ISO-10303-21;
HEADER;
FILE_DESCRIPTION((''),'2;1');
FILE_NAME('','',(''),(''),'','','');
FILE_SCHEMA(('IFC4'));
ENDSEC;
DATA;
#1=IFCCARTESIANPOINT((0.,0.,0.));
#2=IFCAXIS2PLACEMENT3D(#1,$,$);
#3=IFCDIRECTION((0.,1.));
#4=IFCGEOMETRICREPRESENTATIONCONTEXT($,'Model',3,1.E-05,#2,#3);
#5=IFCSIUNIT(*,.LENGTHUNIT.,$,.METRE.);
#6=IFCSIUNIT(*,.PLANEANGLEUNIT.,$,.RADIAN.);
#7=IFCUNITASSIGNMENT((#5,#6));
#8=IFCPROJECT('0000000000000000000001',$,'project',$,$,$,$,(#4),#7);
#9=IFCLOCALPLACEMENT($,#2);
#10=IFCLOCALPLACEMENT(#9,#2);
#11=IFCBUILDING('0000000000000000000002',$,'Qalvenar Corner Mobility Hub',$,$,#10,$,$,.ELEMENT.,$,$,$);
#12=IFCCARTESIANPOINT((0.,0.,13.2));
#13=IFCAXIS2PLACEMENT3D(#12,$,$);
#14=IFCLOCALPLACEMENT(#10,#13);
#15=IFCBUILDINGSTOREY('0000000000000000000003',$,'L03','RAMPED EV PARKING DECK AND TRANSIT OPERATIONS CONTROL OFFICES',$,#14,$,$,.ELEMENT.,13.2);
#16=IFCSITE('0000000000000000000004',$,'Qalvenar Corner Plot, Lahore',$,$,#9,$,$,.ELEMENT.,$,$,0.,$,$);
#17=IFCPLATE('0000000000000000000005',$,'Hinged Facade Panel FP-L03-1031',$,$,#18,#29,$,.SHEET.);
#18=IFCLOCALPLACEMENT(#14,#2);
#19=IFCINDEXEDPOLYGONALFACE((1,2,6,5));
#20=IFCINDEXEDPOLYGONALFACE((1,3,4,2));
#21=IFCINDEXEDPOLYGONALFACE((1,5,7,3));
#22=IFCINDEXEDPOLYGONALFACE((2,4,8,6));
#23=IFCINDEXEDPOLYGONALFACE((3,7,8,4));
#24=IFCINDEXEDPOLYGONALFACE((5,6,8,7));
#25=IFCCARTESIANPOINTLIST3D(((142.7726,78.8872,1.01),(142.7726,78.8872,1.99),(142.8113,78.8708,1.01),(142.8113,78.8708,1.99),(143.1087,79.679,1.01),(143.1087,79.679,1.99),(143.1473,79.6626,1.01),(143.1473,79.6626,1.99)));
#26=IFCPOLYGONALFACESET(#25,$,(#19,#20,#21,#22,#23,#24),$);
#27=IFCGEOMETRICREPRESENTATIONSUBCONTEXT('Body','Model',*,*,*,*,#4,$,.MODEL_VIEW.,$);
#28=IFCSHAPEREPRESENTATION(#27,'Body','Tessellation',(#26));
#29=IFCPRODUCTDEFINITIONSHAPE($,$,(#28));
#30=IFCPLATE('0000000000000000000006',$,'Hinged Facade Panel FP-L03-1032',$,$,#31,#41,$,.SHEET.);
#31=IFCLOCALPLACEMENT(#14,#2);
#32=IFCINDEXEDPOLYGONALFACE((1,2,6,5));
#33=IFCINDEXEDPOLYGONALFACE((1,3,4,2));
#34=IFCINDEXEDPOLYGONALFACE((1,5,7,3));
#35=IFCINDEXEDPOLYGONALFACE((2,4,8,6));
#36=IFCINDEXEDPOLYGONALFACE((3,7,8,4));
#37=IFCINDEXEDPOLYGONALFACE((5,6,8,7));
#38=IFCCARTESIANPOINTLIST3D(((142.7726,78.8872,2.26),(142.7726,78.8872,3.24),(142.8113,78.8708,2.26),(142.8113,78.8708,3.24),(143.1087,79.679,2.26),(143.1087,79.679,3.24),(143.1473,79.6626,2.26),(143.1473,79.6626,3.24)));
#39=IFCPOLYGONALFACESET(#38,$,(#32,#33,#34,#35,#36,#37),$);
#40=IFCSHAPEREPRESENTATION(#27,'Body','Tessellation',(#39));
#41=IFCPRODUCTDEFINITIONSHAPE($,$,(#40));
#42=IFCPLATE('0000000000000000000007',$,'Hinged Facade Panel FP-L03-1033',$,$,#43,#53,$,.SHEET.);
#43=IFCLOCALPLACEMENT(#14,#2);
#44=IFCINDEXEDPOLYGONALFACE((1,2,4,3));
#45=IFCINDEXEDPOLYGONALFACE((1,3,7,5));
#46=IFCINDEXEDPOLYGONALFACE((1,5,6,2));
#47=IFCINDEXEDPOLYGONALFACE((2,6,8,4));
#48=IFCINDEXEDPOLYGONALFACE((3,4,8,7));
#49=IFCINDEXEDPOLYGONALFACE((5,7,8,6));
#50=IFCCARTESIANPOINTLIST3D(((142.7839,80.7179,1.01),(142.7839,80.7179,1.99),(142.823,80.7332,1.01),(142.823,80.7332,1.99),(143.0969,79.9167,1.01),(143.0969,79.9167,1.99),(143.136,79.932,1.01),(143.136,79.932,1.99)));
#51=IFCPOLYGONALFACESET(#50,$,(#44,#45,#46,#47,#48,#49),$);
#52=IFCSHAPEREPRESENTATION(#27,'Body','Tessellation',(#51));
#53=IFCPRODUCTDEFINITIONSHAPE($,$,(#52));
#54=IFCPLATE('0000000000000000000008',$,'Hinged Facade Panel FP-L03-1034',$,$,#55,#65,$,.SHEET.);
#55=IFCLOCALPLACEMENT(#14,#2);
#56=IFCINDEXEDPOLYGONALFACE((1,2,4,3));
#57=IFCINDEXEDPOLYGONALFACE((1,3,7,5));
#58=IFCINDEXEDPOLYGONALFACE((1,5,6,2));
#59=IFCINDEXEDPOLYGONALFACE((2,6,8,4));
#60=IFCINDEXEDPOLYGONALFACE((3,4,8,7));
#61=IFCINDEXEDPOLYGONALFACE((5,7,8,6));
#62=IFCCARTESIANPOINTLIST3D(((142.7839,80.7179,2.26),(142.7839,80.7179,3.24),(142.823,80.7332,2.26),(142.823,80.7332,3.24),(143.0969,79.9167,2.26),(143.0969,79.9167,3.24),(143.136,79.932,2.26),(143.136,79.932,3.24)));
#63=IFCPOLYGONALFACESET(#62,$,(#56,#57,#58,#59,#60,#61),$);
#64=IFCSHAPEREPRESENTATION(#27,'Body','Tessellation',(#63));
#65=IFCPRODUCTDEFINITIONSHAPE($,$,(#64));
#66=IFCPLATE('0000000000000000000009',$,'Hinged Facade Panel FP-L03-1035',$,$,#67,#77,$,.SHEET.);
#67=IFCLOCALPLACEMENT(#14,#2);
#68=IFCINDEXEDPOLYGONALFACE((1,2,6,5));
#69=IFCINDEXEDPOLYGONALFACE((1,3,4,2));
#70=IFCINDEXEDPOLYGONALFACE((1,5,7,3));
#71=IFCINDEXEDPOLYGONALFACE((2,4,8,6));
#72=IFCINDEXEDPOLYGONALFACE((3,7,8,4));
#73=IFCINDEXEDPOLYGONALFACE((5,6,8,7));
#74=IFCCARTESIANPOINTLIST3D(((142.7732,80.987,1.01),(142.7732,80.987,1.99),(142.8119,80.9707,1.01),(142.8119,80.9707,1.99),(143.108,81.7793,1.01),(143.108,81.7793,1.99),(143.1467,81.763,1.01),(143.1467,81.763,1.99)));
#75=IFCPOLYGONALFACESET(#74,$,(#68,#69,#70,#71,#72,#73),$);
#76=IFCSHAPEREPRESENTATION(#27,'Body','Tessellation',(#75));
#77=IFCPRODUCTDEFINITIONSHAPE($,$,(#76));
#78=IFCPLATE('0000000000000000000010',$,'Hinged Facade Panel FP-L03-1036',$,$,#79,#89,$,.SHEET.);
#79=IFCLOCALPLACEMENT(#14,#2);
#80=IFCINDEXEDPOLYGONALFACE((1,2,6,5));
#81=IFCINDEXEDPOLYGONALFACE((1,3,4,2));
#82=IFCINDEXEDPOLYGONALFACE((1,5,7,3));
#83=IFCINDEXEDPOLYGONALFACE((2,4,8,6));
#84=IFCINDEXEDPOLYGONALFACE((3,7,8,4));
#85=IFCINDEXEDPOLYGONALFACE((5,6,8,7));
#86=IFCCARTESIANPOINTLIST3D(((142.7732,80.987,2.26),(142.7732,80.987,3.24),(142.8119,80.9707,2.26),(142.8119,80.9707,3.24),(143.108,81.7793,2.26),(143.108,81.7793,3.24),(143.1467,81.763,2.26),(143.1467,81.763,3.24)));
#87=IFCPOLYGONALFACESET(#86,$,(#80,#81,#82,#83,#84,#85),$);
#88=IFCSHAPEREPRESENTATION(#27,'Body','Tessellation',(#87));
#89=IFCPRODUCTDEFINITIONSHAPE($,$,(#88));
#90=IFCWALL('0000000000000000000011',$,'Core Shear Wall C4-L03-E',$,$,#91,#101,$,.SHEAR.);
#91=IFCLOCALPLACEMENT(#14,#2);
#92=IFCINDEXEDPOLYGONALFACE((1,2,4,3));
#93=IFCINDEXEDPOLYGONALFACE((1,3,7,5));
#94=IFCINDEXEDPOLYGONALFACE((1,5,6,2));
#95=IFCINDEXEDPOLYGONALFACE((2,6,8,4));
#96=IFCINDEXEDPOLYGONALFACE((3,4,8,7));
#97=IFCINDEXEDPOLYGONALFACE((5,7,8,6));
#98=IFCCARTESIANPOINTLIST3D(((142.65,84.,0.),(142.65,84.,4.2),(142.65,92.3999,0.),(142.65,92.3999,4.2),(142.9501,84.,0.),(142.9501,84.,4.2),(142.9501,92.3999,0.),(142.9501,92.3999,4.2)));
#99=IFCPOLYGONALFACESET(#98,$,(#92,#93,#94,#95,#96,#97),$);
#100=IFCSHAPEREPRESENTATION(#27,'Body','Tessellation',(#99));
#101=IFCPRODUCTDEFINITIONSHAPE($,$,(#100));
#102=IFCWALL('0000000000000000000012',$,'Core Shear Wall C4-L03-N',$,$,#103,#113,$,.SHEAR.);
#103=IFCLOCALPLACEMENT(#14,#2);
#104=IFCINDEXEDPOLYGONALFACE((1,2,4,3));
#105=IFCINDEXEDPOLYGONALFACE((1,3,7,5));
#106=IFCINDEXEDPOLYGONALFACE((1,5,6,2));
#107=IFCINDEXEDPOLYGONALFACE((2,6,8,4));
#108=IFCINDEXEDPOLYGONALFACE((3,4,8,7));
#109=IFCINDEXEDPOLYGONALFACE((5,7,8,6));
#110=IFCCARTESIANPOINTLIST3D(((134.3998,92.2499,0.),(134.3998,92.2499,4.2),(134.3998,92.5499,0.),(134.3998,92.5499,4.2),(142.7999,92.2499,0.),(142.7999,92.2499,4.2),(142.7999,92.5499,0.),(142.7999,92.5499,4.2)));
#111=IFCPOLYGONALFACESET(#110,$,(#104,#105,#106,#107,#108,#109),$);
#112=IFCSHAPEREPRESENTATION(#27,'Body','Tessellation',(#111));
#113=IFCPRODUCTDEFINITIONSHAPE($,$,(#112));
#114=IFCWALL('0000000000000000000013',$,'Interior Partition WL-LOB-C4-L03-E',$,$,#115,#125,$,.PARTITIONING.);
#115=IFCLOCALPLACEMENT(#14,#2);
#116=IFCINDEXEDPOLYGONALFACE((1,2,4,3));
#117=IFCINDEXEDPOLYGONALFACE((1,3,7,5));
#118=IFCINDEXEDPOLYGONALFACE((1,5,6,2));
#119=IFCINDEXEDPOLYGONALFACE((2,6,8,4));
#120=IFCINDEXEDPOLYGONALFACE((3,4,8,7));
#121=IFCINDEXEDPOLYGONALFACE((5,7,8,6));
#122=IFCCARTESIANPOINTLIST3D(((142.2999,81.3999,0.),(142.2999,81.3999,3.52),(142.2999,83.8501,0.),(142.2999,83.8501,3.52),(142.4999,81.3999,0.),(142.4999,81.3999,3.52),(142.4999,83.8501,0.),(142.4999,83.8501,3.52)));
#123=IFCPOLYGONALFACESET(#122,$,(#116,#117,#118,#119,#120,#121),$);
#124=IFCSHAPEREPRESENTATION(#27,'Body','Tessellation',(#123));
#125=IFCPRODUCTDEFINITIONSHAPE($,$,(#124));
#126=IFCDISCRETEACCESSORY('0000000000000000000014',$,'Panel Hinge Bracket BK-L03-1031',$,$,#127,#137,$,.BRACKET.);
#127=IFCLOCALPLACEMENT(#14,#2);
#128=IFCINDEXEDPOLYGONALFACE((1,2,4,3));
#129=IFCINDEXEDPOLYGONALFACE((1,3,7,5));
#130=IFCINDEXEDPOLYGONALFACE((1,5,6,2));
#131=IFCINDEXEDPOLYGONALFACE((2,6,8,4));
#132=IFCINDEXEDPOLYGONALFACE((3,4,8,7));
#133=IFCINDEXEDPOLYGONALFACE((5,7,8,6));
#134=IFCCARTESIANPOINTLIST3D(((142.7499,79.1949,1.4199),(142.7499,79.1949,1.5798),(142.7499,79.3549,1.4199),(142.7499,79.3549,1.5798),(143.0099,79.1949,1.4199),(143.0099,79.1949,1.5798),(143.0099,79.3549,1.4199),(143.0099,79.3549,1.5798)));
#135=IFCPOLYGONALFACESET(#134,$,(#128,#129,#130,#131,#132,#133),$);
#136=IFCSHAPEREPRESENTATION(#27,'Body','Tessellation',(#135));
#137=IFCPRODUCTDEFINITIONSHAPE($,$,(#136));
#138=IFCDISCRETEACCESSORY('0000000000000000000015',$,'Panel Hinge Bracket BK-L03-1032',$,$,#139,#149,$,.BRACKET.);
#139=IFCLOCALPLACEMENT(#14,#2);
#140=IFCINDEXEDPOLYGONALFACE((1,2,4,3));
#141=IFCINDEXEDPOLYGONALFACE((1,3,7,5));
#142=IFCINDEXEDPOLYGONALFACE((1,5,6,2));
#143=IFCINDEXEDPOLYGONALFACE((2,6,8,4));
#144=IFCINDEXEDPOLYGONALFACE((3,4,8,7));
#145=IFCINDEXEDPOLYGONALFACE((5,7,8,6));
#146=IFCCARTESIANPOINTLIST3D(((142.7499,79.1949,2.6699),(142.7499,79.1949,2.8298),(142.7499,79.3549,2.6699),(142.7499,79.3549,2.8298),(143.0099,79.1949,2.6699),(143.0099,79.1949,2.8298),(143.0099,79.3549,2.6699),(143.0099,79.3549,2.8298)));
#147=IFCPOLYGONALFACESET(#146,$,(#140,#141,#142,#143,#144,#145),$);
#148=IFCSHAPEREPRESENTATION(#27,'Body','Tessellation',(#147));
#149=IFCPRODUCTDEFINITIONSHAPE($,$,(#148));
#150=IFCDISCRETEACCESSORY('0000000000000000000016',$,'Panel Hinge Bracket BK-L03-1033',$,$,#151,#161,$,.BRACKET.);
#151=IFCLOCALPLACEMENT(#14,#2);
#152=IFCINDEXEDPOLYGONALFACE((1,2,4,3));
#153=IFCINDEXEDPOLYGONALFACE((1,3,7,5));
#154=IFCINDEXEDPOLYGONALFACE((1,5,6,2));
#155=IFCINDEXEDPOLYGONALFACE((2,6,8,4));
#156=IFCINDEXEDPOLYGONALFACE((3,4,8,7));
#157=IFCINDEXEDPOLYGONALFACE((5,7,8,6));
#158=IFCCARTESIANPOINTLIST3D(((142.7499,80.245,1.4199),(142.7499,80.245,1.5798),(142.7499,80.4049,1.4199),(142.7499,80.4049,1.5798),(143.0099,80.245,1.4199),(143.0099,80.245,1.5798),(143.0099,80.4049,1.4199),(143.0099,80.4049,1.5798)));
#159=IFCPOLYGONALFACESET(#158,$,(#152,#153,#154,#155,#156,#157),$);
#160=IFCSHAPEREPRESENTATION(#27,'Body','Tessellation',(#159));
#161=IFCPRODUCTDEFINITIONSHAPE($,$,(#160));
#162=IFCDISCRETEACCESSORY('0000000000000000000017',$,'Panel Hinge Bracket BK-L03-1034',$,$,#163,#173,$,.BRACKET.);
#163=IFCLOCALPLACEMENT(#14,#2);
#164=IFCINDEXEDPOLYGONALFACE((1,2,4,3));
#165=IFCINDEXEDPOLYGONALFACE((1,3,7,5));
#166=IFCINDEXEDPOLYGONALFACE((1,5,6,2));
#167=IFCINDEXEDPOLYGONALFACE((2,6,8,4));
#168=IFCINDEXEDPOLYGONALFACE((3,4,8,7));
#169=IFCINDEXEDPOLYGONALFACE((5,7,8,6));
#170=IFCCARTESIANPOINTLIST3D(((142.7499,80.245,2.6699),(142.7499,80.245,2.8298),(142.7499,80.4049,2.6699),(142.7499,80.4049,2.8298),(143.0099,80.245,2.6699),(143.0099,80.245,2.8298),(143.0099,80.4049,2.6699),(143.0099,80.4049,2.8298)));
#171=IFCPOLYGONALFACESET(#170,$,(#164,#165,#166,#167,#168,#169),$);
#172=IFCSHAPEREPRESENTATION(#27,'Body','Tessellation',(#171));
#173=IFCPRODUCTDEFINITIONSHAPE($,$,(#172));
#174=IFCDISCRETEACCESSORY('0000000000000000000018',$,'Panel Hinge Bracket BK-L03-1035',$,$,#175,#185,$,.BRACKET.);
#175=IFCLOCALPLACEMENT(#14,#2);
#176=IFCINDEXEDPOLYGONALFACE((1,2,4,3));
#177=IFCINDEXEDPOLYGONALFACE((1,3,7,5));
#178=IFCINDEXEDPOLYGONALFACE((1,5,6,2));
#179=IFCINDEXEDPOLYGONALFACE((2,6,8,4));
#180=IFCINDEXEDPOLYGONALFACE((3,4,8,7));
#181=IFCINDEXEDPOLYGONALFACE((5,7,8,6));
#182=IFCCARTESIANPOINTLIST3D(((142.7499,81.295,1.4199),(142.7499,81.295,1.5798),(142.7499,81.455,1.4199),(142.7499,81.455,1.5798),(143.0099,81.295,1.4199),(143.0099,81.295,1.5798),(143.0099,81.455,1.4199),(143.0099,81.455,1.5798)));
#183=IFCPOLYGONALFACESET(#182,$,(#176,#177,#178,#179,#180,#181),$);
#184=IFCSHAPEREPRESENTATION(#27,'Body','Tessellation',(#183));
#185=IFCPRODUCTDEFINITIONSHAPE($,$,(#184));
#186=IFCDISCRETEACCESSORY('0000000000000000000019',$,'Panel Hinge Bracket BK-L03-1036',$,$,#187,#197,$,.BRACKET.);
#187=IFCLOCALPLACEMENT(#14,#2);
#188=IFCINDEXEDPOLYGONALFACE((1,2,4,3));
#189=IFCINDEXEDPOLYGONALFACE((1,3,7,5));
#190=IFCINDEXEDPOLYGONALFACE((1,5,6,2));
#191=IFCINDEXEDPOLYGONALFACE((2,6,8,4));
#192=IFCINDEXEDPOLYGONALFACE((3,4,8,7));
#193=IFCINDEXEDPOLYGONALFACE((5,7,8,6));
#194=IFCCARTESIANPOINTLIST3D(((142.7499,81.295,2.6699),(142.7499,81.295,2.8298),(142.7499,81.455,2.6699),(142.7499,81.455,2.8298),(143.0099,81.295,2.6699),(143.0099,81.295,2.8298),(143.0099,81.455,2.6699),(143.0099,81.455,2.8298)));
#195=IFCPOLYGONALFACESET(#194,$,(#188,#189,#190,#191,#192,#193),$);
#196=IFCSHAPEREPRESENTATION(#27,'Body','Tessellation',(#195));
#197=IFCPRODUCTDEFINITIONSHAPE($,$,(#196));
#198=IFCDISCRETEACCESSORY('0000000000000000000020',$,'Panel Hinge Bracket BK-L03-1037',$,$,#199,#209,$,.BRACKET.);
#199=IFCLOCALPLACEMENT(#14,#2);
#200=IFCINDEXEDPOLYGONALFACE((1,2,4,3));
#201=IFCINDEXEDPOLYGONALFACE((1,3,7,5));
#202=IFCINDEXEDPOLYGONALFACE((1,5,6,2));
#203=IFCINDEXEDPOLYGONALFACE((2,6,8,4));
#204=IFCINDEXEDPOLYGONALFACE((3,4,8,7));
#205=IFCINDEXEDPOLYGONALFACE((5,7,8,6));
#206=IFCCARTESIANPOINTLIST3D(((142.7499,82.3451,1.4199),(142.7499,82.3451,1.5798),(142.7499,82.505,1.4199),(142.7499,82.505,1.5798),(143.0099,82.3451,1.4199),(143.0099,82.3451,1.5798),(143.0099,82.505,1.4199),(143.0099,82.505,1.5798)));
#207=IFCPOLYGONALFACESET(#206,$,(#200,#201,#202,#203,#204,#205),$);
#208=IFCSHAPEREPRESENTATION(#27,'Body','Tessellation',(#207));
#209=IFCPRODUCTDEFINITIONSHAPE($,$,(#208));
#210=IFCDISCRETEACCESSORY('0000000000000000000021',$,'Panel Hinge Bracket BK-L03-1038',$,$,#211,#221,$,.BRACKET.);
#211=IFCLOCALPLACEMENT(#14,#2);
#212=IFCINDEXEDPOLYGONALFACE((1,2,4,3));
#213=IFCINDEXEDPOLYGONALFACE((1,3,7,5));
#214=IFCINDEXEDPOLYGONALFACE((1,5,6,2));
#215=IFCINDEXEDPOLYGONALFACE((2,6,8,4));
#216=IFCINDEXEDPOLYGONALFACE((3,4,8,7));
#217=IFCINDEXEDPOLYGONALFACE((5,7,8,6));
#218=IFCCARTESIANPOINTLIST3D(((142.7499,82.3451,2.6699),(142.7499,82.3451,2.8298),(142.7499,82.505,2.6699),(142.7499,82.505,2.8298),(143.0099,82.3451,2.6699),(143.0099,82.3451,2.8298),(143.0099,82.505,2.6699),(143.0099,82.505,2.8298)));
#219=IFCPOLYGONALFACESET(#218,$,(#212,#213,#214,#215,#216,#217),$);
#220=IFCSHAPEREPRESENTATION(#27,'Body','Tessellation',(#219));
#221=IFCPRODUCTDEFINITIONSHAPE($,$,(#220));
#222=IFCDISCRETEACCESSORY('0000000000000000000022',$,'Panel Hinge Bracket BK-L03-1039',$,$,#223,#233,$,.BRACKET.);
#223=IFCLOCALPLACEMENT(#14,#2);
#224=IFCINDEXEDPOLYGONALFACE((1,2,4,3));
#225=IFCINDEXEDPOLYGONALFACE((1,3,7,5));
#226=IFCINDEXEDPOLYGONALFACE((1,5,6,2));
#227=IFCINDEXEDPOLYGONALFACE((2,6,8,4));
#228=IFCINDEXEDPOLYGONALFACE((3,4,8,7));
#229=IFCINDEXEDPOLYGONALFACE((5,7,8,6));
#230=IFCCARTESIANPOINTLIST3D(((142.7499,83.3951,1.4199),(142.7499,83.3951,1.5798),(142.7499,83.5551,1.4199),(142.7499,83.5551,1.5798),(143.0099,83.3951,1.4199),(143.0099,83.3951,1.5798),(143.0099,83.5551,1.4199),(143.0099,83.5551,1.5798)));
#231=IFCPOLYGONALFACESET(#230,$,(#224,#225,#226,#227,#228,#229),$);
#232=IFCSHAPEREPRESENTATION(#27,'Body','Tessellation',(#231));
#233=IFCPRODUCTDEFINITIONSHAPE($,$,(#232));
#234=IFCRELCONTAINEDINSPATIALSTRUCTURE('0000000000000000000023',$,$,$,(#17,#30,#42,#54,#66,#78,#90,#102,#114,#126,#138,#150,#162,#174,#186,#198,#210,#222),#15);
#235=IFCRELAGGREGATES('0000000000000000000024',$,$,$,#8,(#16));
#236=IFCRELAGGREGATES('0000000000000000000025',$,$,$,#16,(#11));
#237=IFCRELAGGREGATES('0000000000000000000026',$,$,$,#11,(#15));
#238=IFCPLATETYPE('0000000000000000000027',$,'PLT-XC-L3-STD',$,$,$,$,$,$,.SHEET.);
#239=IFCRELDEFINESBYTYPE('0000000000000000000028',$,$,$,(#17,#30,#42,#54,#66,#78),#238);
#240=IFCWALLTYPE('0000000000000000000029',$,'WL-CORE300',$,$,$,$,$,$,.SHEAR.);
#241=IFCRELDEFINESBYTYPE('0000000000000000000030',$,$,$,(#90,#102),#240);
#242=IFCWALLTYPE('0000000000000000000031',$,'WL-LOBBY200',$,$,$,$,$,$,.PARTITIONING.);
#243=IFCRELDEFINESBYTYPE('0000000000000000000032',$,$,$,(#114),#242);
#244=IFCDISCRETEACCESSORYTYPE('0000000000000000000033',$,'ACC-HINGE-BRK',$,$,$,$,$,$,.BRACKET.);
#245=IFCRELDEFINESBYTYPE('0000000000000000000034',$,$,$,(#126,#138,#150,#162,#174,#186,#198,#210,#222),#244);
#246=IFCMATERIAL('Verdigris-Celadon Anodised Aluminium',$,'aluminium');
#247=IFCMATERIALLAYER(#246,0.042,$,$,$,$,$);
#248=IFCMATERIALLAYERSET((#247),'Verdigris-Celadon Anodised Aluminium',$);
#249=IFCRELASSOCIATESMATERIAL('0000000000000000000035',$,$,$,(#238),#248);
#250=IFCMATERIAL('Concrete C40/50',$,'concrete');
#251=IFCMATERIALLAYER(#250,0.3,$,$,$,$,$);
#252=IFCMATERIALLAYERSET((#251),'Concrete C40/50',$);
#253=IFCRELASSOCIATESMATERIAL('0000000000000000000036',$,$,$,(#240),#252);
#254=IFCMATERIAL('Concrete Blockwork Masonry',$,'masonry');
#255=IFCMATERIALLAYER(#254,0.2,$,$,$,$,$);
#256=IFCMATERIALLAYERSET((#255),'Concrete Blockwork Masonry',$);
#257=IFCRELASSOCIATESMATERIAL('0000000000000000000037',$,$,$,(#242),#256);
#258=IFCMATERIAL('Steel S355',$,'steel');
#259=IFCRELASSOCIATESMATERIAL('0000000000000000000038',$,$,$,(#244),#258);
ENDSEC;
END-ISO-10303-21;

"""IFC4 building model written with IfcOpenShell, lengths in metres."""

from ifc_helpers import new_model, si_unit, direction, frame, frame_2d, origin, origin_2d, place, context, subcontext, project, spatial, rectangle, extrude, material, layer, layer_set, type_object, element, save


model = new_model("IFC4")

# Units and contexts
model_context = context("Model", 3, precision=1e-05, world=origin(), true_north=direction((0.0, 1.0)))
body_context = subcontext(model_context, "Body", "Model", "MODEL_VIEW")
ifc_project = project(units=[si_unit("LENGTHUNIT", "METRE"), si_unit("PLANEANGLEUNIT", "RADIAN")], contexts=[model_context])

# Site, building, storey
site_placement = place(None, origin())
site = spatial("IfcSite", under=ifc_project, at=site_placement, Name="Qalvenar Corner Plot, Lahore", CompositionType="ELEMENT", RefElevation=0.0)
building_placement = place(site_placement, origin())
building = spatial("IfcBuilding", under=site, at=building_placement, Name="Qalvenar Corner Mobility Hub", CompositionType="ELEMENT")
storey_placement = place(building_placement, frame((0.0, 0.0, 13.2)))
storey = spatial("IfcBuildingStorey", under=building, at=storey_placement, Name="L03", Description="RAMPED EV PARKING DECK AND TRANSIT OPERATIONS CONTROL OFFICES", CompositionType="ELEMENT", Elevation=13.2)

# Shared definitions
ifc_material_1 = material(Name="Steel S355", Category="steel")

# Plates
ifc_material_2 = material(Name="Verdigris-Celadon Anodised Aluminium", Category="aluminium")
ifc_layer_1 = layer(ifc_material_2, 0.042)
ifc_layer_set_1 = layer_set([ifc_layer_1], Name="Verdigris-Celadon Anodised Aluminium")
plate_type_1 = type_object("IfcPlateType", Name="PLT-XC-L3-STD", PredefinedType="SHEET", material=ifc_layer_set_1)
for number, where, z_axis, x_axis, name in (
    (1, (142.96, 79.2749, 1.01), (0.0, 0.0, 1.0), (0.390731, 0.920505, 0.0), "Hinged Facade Panel FP-L03-1031"),
    (2, (142.96, 79.2749, 2.26), (0.0, 0.0, 1.0), (0.390731, 0.920505, 0.0), "Hinged Facade Panel FP-L03-1032"),
    (3, (142.96, 80.325, 1.01), (0.0, 0.0, 1.0), (-0.363902, 0.931437, 0.0), "Hinged Facade Panel FP-L03-1033"),
    (4, (142.96, 80.325, 2.26), (0.0, 0.0, 1.0), (-0.363902, 0.931437, 0.0), "Hinged Facade Panel FP-L03-1034"),
    (5, (142.96, 81.375, 1.01), (0.0, 0.0, 1.0), (0.389285, 0.921117, 0.0), "Hinged Facade Panel FP-L03-1035"),
    (6, (142.96, 81.375, 2.26), (0.0, 0.0, 1.0), (0.389285, 0.921117, 0.0), "Hinged Facade Panel FP-L03-1036"),
):
    element("IfcPlate", number, at=place(storey_placement, frame(where, z_axis=z_axis, x_axis=x_axis)), inside=storey, type_object=plate_type_1, Name=name, PredefinedType="SHEET", context=body_context, shape_type="SweptSolid", body=[
        extrude(rectangle(XDim=0.8601, YDim=0.042, at=origin_2d()), origin(), (0.0, 0.0, 1.0), 0.98),
    ])

# Walls
ifc_material_3 = material(Name="Concrete C40/50", Category="concrete")
ifc_layer_2 = layer(ifc_material_3, 0.3)
ifc_layer_set_2 = layer_set([ifc_layer_2], Name="Concrete C40/50")
wall_type_1 = type_object("IfcWallType", Name="WL-CORE300", PredefinedType="SHEAR", material=ifc_layer_set_2)
wall_1_placement = place(storey_placement, frame((142.8, 84.0, 0.0), z_axis=(0.0, 0.0, 1.0), x_axis=(0.0, 1.0, 0.0)))
element("IfcWall", 7, at=wall_1_placement, inside=storey, type_object=wall_type_1, Name="Core Shear Wall C4-L03-E", PredefinedType="SHEAR", context=body_context, shape_type="SweptSolid", body=[
    extrude(rectangle(XDim=8.3999, YDim=0.3, at=frame_2d((4.2, 0.0))), origin(), (0.0, 0.0, 1.0), 4.2),
])
wall_2_placement = place(storey_placement, frame((142.8, 92.3999, 0.0), z_axis=(0.0, 0.0, 1.0), x_axis=(-1.0, 0.0, 0.0)))
element("IfcWall", 8, at=wall_2_placement, inside=storey, type_object=wall_type_1, Name="Core Shear Wall C4-L03-N", PredefinedType="SHEAR", context=body_context, shape_type="SweptSolid", body=[
    extrude(rectangle(XDim=8.4001, YDim=0.3, at=frame_2d((4.2002, 0.0))), origin(), (0.0, 0.0, 1.0), 4.2),
])
ifc_material_4 = material(Name="Concrete Blockwork Masonry", Category="masonry")
ifc_layer_3 = layer(ifc_material_4, 0.2)
ifc_layer_set_3 = layer_set([ifc_layer_3], Name="Concrete Blockwork Masonry")
wall_type_2 = type_object("IfcWallType", Name="WL-LOBBY200", PredefinedType="PARTITIONING", material=ifc_layer_set_3)
wall_3_placement = place(storey_placement, frame((142.3999, 81.3999, 0.0), z_axis=(0.0, 0.0, 1.0), x_axis=(0.0, 1.0, 0.0)))
element("IfcWall", 9, at=wall_3_placement, inside=storey, type_object=wall_type_2, Name="Interior Partition WL-LOB-C4-L03-E", PredefinedType="PARTITIONING", context=body_context, shape_type="SweptSolid", body=[
    extrude(rectangle(XDim=2.4502, YDim=0.2, at=frame_2d((1.2251, 0.0))), origin(), (0.0, 0.0, 1.0), 3.52),
])

# Discrete accessories
discrete_accessory_type = type_object("IfcDiscreteAccessoryType", Name="ACC-HINGE-BRK", PredefinedType="BRACKET", material=ifc_material_1)
for number, where, z_axis, x_axis, name in (
    (10, (142.8799, 79.2749, 1.4199), (0.0, 0.0, 1.0), (0.0, 1.0, 0.0), "Panel Hinge Bracket BK-L03-1031"),
    (11, (142.8799, 79.2749, 2.6699), (0.0, 0.0, 1.0), (0.0, 1.0, 0.0), "Panel Hinge Bracket BK-L03-1032"),
    (12, (142.8799, 80.325, 1.4199), (0.0, 0.0, 1.0), (0.0, 1.0, 0.0), "Panel Hinge Bracket BK-L03-1033"),
    (13, (142.8799, 80.325, 2.6699), (0.0, 0.0, 1.0), (0.0, 1.0, 0.0), "Panel Hinge Bracket BK-L03-1034"),
    (14, (142.8799, 81.375, 1.4199), (0.0, 0.0, 1.0), (0.0, 1.0, 0.0), "Panel Hinge Bracket BK-L03-1035"),
    (15, (142.8799, 81.375, 2.6699), (0.0, 0.0, 1.0), (0.0, 1.0, 0.0), "Panel Hinge Bracket BK-L03-1036"),
    (16, (142.8799, 82.425, 1.4199), (0.0, 0.0, 1.0), (0.0, 1.0, 0.0), "Panel Hinge Bracket BK-L03-1037"),
    (17, (142.8799, 82.425, 2.6699), (0.0, 0.0, 1.0), (0.0, 1.0, 0.0), "Panel Hinge Bracket BK-L03-1038"),
    (18, (142.8799, 83.4751, 1.4199), (0.0, 0.0, 1.0), (0.0, 1.0, 0.0), "Panel Hinge Bracket BK-L03-1039"),
):
    element("IfcDiscreteAccessory", number, at=place(storey_placement, frame(where, z_axis=z_axis, x_axis=x_axis)), inside=storey, type_object=discrete_accessory_type, Name=name, PredefinedType="BRACKET", context=body_context, shape_type="SweptSolid", body=[
        extrude(rectangle(XDim=0.1599, YDim=0.26, at=origin_2d()), origin(), (0.0, 0.0, 1.0), 0.1599),
    ])

save(model, "model.ifc")
